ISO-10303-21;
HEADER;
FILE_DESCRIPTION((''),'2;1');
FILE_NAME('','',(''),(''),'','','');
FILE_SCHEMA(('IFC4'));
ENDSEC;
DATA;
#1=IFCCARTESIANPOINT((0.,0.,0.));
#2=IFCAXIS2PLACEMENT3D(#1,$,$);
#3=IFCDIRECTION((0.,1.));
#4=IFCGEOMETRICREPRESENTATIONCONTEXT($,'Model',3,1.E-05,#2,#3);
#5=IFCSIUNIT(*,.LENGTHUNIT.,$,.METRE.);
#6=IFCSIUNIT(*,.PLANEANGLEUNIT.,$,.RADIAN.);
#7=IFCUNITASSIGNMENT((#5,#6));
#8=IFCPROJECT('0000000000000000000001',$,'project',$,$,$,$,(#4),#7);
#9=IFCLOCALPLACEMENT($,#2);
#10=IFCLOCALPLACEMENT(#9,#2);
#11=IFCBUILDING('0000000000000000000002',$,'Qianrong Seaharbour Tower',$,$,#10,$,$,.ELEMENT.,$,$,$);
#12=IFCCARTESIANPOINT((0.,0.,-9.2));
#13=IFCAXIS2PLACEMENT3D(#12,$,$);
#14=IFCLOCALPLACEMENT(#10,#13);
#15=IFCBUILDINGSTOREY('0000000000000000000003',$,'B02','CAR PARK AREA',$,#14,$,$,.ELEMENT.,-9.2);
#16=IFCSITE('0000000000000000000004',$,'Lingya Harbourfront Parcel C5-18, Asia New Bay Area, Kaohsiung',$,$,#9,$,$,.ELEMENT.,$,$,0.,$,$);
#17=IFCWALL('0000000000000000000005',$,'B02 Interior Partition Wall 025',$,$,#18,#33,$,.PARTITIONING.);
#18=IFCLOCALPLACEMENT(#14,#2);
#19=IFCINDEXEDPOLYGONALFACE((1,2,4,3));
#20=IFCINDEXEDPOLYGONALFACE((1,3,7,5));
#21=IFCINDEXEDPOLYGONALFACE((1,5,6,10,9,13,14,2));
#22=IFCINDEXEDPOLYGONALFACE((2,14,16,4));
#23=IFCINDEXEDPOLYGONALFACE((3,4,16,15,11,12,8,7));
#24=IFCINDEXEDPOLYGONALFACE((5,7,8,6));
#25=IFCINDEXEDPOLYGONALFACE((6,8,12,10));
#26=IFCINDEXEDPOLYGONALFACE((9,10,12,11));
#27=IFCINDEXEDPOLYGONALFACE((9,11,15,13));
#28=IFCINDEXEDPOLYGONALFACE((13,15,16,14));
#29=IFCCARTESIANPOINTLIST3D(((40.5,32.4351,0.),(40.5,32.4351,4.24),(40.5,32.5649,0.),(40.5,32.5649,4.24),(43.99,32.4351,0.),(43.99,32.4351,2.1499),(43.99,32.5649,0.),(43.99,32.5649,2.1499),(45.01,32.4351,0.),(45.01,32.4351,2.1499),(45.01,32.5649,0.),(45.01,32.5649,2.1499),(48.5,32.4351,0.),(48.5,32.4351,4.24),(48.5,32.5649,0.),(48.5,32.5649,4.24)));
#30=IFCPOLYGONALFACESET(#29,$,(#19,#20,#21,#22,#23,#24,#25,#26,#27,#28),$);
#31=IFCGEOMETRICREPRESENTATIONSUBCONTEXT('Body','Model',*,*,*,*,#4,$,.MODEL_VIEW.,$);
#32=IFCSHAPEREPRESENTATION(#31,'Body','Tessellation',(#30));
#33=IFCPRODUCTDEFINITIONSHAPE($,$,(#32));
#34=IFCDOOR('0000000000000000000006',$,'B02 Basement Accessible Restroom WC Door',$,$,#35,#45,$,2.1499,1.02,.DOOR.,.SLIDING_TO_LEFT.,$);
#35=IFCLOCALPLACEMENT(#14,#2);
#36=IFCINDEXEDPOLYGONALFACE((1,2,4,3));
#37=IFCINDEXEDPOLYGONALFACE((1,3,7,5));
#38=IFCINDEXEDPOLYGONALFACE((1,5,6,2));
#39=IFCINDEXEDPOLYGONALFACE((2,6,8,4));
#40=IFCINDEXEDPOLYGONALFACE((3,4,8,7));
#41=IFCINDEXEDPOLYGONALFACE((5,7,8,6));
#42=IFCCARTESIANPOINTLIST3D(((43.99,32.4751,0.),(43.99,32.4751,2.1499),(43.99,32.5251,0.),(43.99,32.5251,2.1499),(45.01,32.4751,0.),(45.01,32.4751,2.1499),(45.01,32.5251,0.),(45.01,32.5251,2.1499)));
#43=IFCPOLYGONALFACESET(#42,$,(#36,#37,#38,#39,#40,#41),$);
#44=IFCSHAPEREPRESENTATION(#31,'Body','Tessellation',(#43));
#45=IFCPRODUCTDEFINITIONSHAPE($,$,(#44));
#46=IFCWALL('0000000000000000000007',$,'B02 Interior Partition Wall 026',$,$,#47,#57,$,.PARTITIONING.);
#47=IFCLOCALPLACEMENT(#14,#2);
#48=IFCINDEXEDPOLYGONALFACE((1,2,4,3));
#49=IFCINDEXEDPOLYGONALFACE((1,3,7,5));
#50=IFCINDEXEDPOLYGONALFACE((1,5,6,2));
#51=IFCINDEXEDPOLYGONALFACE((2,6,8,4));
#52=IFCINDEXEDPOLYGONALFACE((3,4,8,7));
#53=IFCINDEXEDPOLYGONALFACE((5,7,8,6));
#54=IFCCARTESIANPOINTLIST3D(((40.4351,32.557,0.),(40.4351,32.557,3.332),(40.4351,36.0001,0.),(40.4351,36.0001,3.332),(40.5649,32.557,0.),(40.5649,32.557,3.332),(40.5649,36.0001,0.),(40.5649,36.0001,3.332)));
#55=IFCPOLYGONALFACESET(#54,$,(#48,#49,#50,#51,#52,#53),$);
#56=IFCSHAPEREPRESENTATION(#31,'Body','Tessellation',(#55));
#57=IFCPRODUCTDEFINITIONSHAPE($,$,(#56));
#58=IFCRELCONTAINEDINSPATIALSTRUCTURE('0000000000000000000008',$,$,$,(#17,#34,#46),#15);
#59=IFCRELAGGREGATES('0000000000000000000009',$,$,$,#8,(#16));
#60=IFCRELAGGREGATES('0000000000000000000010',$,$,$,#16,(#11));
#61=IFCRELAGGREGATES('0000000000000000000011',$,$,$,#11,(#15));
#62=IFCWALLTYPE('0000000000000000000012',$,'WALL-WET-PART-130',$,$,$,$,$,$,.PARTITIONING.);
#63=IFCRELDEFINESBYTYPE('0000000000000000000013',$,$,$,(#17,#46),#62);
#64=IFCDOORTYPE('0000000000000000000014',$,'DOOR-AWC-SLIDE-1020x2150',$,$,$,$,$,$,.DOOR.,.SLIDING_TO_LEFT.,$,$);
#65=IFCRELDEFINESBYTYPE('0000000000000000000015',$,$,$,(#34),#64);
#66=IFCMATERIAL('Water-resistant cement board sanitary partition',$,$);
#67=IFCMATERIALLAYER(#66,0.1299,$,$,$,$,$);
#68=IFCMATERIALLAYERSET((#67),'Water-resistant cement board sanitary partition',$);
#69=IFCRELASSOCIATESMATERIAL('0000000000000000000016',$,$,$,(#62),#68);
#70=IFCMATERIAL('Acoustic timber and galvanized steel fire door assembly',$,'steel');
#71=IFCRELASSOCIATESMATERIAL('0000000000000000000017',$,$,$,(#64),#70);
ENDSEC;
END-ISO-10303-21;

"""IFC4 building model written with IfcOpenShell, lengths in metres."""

from ifc_helpers import new_model, si_unit, direction, frame, frame_2d, origin, place, context, subcontext, project, spatial, rectangle, extrude, material, layer, layer_set, type_object, element, fill, save


model = new_model("IFC4")

# Units and contexts
model_context = context("Model", 3, precision=1e-05, world=origin(), true_north=direction((0.0, 1.0)))
body_context = subcontext(model_context, "Body", "Model", "MODEL_VIEW")
ifc_project = project(units=[si_unit("LENGTHUNIT", "METRE"), si_unit("PLANEANGLEUNIT", "RADIAN")], contexts=[model_context])

# Site, building, storey
site_placement = place(None, origin())
site = spatial("IfcSite", under=ifc_project, at=site_placement, Name="Lingya Harbourfront Parcel C5-18, Asia New Bay Area, Kaohsiung", CompositionType="ELEMENT", RefElevation=0.0)
building_placement = place(site_placement, origin())
building = spatial("IfcBuilding", under=site, at=building_placement, Name="Qianrong Seaharbour Tower", CompositionType="ELEMENT")
storey_placement = place(building_placement, frame((0.0, 0.0, -9.2)))
storey = spatial("IfcBuildingStorey", under=building, at=storey_placement, Name="B02", Description="CAR PARK AREA", CompositionType="ELEMENT", Elevation=-9.2)

# Shared definitions
ifc_material_1 = material(Name="Acoustic timber and galvanized steel fire door assembly", Category="steel")

# Shared definitions
ifc_material_2 = material(Name="Water-resistant cement board sanitary partition")
ifc_layer_1 = layer(ifc_material_2, 0.1299)
ifc_layer_set_1 = layer_set([ifc_layer_1], Name="Water-resistant cement board sanitary partition")
wall_type_1 = type_object("IfcWallType", Name="WALL-WET-PART-130", PredefinedType="PARTITIONING", material=ifc_layer_set_1)

# Wall, opening, door
wall_1_placement = place(storey_placement, frame((48.5, 32.5, 0.0), z_axis=(0.0, 0.0, 1.0), x_axis=(-1.0, 0.0, 0.0)))
wall_1 = element("IfcWall", 1, at=wall_1_placement, inside=storey, type_object=wall_type_1, Name="B02 Interior Partition Wall 025", PredefinedType="PARTITIONING", context=body_context, shape_type="SweptSolid", body=[
    extrude(rectangle(XDim=8.0, YDim=0.1299, at=frame_2d((4.0, 0.0))), origin(), (0.0, 0.0, 1.0), 4.24),
])
opening_1_placement = place(wall_1_placement, frame((3.49, 0.0, 0.0)))
opening_1 = element("IfcOpeningElement", 2, at=opening_1_placement, cuts=wall_1, PredefinedType="OPENING", context=body_context, shape_type="SweptSolid", body=[
    extrude(rectangle(XDim=1.02, YDim=2.1499, at=frame_2d((0.51, 1.075))), frame((0.0, 0.075, 0.0), z_axis=(0.0, -1.0, 0.0), x_axis=(1.0, 0.0, 0.0)), (0.0, 0.0, 1.0), 0.1499),
])
door_type_1 = type_object("IfcDoorType", Name="DOOR-AWC-SLIDE-1020x2150", OperationType="SLIDING_TO_LEFT", PredefinedType="DOOR", material=ifc_material_1)
door_1_placement = place(opening_1_placement, origin())
door_1 = element("IfcDoor", 3, at=door_1_placement, inside=storey, type_object=door_type_1, Name="B02 Basement Accessible Restroom WC Door", OperationType="SLIDING_TO_LEFT", OverallHeight=2.1499, OverallWidth=1.02, PredefinedType="DOOR", context=body_context, shape_type="SweptSolid", body=[
    extrude(rectangle(XDim=1.02, YDim=2.1499, at=frame_2d((0.51, 1.075))), frame((0.0, 0.0249, 0.0), z_axis=(0.0, -1.0, 0.0), x_axis=(1.0, 0.0, 0.0)), (0.0, 0.0, 1.0), 0.05),
])
fill(opening_1, door_1)

# Wall
wall_2_placement = place(storey_placement, frame((40.5, 32.5569, 0.0), z_axis=(0.0, 0.0, 1.0), x_axis=(0.0, 1.0, 0.0)))
element("IfcWall", 4, at=wall_2_placement, inside=storey, type_object=wall_type_1, Name="B02 Interior Partition Wall 026", PredefinedType="PARTITIONING", context=body_context, shape_type="SweptSolid", body=[
    extrude(rectangle(XDim=3.4431, YDim=0.1299, at=frame_2d((1.7217, 0.0))), origin(), (0.0, 0.0, 1.0), 3.332),
])

save(model, "model.ifc")
